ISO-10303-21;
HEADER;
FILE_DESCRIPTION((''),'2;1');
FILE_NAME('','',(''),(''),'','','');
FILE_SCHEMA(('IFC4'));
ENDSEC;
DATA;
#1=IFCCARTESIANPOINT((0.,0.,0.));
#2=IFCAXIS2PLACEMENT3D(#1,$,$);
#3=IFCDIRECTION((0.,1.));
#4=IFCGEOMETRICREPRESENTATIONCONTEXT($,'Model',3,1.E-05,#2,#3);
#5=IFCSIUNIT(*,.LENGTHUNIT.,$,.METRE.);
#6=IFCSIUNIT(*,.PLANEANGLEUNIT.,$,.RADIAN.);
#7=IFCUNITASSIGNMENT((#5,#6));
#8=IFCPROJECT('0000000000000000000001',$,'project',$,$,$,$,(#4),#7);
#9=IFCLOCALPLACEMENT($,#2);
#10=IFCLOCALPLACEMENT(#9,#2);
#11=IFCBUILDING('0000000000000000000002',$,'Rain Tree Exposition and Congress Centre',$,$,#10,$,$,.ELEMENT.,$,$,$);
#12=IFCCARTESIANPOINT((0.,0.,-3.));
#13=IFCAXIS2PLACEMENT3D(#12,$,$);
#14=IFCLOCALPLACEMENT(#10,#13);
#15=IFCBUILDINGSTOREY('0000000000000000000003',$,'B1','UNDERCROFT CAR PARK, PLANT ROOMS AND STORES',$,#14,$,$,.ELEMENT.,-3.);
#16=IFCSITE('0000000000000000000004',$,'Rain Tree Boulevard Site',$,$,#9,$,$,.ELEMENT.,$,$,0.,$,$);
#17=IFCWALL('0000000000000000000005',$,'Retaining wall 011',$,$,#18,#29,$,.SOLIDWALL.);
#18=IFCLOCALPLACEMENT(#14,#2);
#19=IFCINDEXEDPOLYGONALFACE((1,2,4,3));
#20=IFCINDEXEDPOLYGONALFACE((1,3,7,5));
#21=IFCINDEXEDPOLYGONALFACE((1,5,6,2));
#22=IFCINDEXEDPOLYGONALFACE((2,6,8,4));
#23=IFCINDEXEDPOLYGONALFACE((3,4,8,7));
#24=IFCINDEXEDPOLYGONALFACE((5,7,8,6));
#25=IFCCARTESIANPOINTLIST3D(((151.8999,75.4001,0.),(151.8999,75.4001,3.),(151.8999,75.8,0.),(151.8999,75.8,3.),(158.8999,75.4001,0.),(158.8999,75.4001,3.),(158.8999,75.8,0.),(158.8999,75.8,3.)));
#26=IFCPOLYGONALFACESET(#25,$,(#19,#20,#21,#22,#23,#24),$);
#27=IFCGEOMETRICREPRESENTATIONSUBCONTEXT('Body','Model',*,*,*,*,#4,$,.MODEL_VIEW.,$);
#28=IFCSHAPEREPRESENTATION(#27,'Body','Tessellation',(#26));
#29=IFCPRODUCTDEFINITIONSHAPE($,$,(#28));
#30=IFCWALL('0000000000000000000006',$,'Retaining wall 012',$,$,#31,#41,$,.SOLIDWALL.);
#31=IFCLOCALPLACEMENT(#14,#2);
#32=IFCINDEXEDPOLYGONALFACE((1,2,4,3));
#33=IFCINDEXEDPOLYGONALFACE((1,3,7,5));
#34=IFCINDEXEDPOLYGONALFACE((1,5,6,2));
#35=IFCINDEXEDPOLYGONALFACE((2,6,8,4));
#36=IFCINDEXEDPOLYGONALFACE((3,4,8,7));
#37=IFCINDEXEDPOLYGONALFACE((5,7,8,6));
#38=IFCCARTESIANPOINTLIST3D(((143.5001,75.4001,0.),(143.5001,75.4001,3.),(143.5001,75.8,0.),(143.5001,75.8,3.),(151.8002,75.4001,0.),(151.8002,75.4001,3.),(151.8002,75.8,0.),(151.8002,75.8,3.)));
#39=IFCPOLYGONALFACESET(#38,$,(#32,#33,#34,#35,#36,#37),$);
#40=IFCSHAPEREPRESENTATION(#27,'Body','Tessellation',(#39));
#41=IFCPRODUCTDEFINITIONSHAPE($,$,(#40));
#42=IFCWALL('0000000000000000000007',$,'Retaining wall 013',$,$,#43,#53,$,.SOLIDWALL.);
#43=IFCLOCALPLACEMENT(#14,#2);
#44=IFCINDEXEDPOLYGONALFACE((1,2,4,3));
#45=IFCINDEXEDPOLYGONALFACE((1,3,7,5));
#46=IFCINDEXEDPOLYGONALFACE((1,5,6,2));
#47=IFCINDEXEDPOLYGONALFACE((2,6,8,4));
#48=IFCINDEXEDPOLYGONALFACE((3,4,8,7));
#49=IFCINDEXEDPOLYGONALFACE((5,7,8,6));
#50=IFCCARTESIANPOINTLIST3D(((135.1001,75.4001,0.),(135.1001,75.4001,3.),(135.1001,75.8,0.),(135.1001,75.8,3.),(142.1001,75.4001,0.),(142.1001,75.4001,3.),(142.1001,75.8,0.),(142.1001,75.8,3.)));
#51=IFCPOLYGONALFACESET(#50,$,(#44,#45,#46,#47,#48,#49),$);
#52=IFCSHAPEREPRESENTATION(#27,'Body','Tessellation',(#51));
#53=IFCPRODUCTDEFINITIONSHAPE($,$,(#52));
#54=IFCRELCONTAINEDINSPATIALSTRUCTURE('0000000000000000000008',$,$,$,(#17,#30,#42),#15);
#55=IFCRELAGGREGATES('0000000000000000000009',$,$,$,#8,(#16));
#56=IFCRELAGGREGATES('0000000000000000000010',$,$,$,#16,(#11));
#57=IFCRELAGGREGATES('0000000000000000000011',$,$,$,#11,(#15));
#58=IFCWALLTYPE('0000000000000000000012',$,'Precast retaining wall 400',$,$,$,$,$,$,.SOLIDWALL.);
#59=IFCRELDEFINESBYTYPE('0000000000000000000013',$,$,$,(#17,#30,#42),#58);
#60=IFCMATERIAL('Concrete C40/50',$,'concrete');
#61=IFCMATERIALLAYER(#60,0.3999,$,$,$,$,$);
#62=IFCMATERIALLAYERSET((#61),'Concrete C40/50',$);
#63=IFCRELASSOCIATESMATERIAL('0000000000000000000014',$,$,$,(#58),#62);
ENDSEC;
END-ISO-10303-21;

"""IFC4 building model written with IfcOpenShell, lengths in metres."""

from ifc_helpers import new_model, si_unit, direction, frame, frame_2d, origin, place, context, subcontext, project, spatial, rectangle, extrude, material, layer, layer_set, type_object, element, save


model = new_model("IFC4")

# Units and contexts
model_context = context("Model", 3, precision=1e-05, world=origin(), true_north=direction((0.0, 1.0)))
body_context = subcontext(model_context, "Body", "Model", "MODEL_VIEW")
ifc_project = project(units=[si_unit("LENGTHUNIT", "METRE"), si_unit("PLANEANGLEUNIT", "RADIAN")], contexts=[model_context])

# Site, building, storey
site_placement = place(None, origin())
site = spatial("IfcSite", under=ifc_project, at=site_placement, Name="Rain Tree Boulevard Site", CompositionType="ELEMENT", RefElevation=0.0)
building_placement = place(site_placement, origin())
building = spatial("IfcBuilding", under=site, at=building_placement, Name="Rain Tree Exposition and Congress Centre", CompositionType="ELEMENT")
storey_placement = place(building_placement, frame((0.0, 0.0, -3.0)))
storey = spatial("IfcBuildingStorey", under=building, at=storey_placement, Name="B1", Description="UNDERCROFT CAR PARK, PLANT ROOMS AND STORES", CompositionType="ELEMENT", Elevation=-3.0)

# Walls
ifc_material_1 = material(Name="Concrete C40/50", Category="concrete")
ifc_layer = layer(ifc_material_1, 0.3999)
ifc_layer_set = layer_set([ifc_layer], Name="Concrete C40/50")
wall_type = type_object("IfcWallType", Name="Precast retaining wall 400", PredefinedType="SOLIDWALL", material=ifc_layer_set)
wall_1_placement = place(storey_placement, frame((158.8999, 75.6001, 0.0), z_axis=(0.0, 0.0, 1.0), x_axis=(-1.0, 0.0, 0.0)))
element("IfcWall", 1, at=wall_1_placement, inside=storey, type_object=wall_type, Name="Retaining wall 011", PredefinedType="SOLIDWALL", context=body_context, shape_type="SweptSolid", body=[
    extrude(rectangle(XDim=7.0, YDim=0.3999, at=frame_2d((3.5, 0.0))), origin(), (0.0, 0.0, 1.0), 3.0),
])
wall_2_placement = place(storey_placement, frame((151.8, 75.6001, 0.0), z_axis=(0.0, 0.0, 1.0), x_axis=(-1.0, 0.0, 0.0)))
element("IfcWall", 2, at=wall_2_placement, inside=storey, type_object=wall_type, Name="Retaining wall 012", PredefinedType="SOLIDWALL", context=body_context, shape_type="SweptSolid", body=[
    extrude(rectangle(XDim=8.3, YDim=0.3999, at=frame_2d((4.1499, 0.0))), origin(), (0.0, 0.0, 1.0), 3.0),
])
wall_3_placement = place(storey_placement, frame((142.1001, 75.6001, 0.0), z_axis=(0.0, 0.0, 1.0), x_axis=(-1.0, 0.0, 0.0)))
element("IfcWall", 3, at=wall_3_placement, inside=storey, type_object=wall_type, Name="Retaining wall 013", PredefinedType="SOLIDWALL", context=body_context, shape_type="SweptSolid", body=[
    extrude(rectangle(XDim=7.0, YDim=0.3999, at=frame_2d((3.5, 0.0))), origin(), (0.0, 0.0, 1.0), 3.0),
])

save(model, "model.ifc")
